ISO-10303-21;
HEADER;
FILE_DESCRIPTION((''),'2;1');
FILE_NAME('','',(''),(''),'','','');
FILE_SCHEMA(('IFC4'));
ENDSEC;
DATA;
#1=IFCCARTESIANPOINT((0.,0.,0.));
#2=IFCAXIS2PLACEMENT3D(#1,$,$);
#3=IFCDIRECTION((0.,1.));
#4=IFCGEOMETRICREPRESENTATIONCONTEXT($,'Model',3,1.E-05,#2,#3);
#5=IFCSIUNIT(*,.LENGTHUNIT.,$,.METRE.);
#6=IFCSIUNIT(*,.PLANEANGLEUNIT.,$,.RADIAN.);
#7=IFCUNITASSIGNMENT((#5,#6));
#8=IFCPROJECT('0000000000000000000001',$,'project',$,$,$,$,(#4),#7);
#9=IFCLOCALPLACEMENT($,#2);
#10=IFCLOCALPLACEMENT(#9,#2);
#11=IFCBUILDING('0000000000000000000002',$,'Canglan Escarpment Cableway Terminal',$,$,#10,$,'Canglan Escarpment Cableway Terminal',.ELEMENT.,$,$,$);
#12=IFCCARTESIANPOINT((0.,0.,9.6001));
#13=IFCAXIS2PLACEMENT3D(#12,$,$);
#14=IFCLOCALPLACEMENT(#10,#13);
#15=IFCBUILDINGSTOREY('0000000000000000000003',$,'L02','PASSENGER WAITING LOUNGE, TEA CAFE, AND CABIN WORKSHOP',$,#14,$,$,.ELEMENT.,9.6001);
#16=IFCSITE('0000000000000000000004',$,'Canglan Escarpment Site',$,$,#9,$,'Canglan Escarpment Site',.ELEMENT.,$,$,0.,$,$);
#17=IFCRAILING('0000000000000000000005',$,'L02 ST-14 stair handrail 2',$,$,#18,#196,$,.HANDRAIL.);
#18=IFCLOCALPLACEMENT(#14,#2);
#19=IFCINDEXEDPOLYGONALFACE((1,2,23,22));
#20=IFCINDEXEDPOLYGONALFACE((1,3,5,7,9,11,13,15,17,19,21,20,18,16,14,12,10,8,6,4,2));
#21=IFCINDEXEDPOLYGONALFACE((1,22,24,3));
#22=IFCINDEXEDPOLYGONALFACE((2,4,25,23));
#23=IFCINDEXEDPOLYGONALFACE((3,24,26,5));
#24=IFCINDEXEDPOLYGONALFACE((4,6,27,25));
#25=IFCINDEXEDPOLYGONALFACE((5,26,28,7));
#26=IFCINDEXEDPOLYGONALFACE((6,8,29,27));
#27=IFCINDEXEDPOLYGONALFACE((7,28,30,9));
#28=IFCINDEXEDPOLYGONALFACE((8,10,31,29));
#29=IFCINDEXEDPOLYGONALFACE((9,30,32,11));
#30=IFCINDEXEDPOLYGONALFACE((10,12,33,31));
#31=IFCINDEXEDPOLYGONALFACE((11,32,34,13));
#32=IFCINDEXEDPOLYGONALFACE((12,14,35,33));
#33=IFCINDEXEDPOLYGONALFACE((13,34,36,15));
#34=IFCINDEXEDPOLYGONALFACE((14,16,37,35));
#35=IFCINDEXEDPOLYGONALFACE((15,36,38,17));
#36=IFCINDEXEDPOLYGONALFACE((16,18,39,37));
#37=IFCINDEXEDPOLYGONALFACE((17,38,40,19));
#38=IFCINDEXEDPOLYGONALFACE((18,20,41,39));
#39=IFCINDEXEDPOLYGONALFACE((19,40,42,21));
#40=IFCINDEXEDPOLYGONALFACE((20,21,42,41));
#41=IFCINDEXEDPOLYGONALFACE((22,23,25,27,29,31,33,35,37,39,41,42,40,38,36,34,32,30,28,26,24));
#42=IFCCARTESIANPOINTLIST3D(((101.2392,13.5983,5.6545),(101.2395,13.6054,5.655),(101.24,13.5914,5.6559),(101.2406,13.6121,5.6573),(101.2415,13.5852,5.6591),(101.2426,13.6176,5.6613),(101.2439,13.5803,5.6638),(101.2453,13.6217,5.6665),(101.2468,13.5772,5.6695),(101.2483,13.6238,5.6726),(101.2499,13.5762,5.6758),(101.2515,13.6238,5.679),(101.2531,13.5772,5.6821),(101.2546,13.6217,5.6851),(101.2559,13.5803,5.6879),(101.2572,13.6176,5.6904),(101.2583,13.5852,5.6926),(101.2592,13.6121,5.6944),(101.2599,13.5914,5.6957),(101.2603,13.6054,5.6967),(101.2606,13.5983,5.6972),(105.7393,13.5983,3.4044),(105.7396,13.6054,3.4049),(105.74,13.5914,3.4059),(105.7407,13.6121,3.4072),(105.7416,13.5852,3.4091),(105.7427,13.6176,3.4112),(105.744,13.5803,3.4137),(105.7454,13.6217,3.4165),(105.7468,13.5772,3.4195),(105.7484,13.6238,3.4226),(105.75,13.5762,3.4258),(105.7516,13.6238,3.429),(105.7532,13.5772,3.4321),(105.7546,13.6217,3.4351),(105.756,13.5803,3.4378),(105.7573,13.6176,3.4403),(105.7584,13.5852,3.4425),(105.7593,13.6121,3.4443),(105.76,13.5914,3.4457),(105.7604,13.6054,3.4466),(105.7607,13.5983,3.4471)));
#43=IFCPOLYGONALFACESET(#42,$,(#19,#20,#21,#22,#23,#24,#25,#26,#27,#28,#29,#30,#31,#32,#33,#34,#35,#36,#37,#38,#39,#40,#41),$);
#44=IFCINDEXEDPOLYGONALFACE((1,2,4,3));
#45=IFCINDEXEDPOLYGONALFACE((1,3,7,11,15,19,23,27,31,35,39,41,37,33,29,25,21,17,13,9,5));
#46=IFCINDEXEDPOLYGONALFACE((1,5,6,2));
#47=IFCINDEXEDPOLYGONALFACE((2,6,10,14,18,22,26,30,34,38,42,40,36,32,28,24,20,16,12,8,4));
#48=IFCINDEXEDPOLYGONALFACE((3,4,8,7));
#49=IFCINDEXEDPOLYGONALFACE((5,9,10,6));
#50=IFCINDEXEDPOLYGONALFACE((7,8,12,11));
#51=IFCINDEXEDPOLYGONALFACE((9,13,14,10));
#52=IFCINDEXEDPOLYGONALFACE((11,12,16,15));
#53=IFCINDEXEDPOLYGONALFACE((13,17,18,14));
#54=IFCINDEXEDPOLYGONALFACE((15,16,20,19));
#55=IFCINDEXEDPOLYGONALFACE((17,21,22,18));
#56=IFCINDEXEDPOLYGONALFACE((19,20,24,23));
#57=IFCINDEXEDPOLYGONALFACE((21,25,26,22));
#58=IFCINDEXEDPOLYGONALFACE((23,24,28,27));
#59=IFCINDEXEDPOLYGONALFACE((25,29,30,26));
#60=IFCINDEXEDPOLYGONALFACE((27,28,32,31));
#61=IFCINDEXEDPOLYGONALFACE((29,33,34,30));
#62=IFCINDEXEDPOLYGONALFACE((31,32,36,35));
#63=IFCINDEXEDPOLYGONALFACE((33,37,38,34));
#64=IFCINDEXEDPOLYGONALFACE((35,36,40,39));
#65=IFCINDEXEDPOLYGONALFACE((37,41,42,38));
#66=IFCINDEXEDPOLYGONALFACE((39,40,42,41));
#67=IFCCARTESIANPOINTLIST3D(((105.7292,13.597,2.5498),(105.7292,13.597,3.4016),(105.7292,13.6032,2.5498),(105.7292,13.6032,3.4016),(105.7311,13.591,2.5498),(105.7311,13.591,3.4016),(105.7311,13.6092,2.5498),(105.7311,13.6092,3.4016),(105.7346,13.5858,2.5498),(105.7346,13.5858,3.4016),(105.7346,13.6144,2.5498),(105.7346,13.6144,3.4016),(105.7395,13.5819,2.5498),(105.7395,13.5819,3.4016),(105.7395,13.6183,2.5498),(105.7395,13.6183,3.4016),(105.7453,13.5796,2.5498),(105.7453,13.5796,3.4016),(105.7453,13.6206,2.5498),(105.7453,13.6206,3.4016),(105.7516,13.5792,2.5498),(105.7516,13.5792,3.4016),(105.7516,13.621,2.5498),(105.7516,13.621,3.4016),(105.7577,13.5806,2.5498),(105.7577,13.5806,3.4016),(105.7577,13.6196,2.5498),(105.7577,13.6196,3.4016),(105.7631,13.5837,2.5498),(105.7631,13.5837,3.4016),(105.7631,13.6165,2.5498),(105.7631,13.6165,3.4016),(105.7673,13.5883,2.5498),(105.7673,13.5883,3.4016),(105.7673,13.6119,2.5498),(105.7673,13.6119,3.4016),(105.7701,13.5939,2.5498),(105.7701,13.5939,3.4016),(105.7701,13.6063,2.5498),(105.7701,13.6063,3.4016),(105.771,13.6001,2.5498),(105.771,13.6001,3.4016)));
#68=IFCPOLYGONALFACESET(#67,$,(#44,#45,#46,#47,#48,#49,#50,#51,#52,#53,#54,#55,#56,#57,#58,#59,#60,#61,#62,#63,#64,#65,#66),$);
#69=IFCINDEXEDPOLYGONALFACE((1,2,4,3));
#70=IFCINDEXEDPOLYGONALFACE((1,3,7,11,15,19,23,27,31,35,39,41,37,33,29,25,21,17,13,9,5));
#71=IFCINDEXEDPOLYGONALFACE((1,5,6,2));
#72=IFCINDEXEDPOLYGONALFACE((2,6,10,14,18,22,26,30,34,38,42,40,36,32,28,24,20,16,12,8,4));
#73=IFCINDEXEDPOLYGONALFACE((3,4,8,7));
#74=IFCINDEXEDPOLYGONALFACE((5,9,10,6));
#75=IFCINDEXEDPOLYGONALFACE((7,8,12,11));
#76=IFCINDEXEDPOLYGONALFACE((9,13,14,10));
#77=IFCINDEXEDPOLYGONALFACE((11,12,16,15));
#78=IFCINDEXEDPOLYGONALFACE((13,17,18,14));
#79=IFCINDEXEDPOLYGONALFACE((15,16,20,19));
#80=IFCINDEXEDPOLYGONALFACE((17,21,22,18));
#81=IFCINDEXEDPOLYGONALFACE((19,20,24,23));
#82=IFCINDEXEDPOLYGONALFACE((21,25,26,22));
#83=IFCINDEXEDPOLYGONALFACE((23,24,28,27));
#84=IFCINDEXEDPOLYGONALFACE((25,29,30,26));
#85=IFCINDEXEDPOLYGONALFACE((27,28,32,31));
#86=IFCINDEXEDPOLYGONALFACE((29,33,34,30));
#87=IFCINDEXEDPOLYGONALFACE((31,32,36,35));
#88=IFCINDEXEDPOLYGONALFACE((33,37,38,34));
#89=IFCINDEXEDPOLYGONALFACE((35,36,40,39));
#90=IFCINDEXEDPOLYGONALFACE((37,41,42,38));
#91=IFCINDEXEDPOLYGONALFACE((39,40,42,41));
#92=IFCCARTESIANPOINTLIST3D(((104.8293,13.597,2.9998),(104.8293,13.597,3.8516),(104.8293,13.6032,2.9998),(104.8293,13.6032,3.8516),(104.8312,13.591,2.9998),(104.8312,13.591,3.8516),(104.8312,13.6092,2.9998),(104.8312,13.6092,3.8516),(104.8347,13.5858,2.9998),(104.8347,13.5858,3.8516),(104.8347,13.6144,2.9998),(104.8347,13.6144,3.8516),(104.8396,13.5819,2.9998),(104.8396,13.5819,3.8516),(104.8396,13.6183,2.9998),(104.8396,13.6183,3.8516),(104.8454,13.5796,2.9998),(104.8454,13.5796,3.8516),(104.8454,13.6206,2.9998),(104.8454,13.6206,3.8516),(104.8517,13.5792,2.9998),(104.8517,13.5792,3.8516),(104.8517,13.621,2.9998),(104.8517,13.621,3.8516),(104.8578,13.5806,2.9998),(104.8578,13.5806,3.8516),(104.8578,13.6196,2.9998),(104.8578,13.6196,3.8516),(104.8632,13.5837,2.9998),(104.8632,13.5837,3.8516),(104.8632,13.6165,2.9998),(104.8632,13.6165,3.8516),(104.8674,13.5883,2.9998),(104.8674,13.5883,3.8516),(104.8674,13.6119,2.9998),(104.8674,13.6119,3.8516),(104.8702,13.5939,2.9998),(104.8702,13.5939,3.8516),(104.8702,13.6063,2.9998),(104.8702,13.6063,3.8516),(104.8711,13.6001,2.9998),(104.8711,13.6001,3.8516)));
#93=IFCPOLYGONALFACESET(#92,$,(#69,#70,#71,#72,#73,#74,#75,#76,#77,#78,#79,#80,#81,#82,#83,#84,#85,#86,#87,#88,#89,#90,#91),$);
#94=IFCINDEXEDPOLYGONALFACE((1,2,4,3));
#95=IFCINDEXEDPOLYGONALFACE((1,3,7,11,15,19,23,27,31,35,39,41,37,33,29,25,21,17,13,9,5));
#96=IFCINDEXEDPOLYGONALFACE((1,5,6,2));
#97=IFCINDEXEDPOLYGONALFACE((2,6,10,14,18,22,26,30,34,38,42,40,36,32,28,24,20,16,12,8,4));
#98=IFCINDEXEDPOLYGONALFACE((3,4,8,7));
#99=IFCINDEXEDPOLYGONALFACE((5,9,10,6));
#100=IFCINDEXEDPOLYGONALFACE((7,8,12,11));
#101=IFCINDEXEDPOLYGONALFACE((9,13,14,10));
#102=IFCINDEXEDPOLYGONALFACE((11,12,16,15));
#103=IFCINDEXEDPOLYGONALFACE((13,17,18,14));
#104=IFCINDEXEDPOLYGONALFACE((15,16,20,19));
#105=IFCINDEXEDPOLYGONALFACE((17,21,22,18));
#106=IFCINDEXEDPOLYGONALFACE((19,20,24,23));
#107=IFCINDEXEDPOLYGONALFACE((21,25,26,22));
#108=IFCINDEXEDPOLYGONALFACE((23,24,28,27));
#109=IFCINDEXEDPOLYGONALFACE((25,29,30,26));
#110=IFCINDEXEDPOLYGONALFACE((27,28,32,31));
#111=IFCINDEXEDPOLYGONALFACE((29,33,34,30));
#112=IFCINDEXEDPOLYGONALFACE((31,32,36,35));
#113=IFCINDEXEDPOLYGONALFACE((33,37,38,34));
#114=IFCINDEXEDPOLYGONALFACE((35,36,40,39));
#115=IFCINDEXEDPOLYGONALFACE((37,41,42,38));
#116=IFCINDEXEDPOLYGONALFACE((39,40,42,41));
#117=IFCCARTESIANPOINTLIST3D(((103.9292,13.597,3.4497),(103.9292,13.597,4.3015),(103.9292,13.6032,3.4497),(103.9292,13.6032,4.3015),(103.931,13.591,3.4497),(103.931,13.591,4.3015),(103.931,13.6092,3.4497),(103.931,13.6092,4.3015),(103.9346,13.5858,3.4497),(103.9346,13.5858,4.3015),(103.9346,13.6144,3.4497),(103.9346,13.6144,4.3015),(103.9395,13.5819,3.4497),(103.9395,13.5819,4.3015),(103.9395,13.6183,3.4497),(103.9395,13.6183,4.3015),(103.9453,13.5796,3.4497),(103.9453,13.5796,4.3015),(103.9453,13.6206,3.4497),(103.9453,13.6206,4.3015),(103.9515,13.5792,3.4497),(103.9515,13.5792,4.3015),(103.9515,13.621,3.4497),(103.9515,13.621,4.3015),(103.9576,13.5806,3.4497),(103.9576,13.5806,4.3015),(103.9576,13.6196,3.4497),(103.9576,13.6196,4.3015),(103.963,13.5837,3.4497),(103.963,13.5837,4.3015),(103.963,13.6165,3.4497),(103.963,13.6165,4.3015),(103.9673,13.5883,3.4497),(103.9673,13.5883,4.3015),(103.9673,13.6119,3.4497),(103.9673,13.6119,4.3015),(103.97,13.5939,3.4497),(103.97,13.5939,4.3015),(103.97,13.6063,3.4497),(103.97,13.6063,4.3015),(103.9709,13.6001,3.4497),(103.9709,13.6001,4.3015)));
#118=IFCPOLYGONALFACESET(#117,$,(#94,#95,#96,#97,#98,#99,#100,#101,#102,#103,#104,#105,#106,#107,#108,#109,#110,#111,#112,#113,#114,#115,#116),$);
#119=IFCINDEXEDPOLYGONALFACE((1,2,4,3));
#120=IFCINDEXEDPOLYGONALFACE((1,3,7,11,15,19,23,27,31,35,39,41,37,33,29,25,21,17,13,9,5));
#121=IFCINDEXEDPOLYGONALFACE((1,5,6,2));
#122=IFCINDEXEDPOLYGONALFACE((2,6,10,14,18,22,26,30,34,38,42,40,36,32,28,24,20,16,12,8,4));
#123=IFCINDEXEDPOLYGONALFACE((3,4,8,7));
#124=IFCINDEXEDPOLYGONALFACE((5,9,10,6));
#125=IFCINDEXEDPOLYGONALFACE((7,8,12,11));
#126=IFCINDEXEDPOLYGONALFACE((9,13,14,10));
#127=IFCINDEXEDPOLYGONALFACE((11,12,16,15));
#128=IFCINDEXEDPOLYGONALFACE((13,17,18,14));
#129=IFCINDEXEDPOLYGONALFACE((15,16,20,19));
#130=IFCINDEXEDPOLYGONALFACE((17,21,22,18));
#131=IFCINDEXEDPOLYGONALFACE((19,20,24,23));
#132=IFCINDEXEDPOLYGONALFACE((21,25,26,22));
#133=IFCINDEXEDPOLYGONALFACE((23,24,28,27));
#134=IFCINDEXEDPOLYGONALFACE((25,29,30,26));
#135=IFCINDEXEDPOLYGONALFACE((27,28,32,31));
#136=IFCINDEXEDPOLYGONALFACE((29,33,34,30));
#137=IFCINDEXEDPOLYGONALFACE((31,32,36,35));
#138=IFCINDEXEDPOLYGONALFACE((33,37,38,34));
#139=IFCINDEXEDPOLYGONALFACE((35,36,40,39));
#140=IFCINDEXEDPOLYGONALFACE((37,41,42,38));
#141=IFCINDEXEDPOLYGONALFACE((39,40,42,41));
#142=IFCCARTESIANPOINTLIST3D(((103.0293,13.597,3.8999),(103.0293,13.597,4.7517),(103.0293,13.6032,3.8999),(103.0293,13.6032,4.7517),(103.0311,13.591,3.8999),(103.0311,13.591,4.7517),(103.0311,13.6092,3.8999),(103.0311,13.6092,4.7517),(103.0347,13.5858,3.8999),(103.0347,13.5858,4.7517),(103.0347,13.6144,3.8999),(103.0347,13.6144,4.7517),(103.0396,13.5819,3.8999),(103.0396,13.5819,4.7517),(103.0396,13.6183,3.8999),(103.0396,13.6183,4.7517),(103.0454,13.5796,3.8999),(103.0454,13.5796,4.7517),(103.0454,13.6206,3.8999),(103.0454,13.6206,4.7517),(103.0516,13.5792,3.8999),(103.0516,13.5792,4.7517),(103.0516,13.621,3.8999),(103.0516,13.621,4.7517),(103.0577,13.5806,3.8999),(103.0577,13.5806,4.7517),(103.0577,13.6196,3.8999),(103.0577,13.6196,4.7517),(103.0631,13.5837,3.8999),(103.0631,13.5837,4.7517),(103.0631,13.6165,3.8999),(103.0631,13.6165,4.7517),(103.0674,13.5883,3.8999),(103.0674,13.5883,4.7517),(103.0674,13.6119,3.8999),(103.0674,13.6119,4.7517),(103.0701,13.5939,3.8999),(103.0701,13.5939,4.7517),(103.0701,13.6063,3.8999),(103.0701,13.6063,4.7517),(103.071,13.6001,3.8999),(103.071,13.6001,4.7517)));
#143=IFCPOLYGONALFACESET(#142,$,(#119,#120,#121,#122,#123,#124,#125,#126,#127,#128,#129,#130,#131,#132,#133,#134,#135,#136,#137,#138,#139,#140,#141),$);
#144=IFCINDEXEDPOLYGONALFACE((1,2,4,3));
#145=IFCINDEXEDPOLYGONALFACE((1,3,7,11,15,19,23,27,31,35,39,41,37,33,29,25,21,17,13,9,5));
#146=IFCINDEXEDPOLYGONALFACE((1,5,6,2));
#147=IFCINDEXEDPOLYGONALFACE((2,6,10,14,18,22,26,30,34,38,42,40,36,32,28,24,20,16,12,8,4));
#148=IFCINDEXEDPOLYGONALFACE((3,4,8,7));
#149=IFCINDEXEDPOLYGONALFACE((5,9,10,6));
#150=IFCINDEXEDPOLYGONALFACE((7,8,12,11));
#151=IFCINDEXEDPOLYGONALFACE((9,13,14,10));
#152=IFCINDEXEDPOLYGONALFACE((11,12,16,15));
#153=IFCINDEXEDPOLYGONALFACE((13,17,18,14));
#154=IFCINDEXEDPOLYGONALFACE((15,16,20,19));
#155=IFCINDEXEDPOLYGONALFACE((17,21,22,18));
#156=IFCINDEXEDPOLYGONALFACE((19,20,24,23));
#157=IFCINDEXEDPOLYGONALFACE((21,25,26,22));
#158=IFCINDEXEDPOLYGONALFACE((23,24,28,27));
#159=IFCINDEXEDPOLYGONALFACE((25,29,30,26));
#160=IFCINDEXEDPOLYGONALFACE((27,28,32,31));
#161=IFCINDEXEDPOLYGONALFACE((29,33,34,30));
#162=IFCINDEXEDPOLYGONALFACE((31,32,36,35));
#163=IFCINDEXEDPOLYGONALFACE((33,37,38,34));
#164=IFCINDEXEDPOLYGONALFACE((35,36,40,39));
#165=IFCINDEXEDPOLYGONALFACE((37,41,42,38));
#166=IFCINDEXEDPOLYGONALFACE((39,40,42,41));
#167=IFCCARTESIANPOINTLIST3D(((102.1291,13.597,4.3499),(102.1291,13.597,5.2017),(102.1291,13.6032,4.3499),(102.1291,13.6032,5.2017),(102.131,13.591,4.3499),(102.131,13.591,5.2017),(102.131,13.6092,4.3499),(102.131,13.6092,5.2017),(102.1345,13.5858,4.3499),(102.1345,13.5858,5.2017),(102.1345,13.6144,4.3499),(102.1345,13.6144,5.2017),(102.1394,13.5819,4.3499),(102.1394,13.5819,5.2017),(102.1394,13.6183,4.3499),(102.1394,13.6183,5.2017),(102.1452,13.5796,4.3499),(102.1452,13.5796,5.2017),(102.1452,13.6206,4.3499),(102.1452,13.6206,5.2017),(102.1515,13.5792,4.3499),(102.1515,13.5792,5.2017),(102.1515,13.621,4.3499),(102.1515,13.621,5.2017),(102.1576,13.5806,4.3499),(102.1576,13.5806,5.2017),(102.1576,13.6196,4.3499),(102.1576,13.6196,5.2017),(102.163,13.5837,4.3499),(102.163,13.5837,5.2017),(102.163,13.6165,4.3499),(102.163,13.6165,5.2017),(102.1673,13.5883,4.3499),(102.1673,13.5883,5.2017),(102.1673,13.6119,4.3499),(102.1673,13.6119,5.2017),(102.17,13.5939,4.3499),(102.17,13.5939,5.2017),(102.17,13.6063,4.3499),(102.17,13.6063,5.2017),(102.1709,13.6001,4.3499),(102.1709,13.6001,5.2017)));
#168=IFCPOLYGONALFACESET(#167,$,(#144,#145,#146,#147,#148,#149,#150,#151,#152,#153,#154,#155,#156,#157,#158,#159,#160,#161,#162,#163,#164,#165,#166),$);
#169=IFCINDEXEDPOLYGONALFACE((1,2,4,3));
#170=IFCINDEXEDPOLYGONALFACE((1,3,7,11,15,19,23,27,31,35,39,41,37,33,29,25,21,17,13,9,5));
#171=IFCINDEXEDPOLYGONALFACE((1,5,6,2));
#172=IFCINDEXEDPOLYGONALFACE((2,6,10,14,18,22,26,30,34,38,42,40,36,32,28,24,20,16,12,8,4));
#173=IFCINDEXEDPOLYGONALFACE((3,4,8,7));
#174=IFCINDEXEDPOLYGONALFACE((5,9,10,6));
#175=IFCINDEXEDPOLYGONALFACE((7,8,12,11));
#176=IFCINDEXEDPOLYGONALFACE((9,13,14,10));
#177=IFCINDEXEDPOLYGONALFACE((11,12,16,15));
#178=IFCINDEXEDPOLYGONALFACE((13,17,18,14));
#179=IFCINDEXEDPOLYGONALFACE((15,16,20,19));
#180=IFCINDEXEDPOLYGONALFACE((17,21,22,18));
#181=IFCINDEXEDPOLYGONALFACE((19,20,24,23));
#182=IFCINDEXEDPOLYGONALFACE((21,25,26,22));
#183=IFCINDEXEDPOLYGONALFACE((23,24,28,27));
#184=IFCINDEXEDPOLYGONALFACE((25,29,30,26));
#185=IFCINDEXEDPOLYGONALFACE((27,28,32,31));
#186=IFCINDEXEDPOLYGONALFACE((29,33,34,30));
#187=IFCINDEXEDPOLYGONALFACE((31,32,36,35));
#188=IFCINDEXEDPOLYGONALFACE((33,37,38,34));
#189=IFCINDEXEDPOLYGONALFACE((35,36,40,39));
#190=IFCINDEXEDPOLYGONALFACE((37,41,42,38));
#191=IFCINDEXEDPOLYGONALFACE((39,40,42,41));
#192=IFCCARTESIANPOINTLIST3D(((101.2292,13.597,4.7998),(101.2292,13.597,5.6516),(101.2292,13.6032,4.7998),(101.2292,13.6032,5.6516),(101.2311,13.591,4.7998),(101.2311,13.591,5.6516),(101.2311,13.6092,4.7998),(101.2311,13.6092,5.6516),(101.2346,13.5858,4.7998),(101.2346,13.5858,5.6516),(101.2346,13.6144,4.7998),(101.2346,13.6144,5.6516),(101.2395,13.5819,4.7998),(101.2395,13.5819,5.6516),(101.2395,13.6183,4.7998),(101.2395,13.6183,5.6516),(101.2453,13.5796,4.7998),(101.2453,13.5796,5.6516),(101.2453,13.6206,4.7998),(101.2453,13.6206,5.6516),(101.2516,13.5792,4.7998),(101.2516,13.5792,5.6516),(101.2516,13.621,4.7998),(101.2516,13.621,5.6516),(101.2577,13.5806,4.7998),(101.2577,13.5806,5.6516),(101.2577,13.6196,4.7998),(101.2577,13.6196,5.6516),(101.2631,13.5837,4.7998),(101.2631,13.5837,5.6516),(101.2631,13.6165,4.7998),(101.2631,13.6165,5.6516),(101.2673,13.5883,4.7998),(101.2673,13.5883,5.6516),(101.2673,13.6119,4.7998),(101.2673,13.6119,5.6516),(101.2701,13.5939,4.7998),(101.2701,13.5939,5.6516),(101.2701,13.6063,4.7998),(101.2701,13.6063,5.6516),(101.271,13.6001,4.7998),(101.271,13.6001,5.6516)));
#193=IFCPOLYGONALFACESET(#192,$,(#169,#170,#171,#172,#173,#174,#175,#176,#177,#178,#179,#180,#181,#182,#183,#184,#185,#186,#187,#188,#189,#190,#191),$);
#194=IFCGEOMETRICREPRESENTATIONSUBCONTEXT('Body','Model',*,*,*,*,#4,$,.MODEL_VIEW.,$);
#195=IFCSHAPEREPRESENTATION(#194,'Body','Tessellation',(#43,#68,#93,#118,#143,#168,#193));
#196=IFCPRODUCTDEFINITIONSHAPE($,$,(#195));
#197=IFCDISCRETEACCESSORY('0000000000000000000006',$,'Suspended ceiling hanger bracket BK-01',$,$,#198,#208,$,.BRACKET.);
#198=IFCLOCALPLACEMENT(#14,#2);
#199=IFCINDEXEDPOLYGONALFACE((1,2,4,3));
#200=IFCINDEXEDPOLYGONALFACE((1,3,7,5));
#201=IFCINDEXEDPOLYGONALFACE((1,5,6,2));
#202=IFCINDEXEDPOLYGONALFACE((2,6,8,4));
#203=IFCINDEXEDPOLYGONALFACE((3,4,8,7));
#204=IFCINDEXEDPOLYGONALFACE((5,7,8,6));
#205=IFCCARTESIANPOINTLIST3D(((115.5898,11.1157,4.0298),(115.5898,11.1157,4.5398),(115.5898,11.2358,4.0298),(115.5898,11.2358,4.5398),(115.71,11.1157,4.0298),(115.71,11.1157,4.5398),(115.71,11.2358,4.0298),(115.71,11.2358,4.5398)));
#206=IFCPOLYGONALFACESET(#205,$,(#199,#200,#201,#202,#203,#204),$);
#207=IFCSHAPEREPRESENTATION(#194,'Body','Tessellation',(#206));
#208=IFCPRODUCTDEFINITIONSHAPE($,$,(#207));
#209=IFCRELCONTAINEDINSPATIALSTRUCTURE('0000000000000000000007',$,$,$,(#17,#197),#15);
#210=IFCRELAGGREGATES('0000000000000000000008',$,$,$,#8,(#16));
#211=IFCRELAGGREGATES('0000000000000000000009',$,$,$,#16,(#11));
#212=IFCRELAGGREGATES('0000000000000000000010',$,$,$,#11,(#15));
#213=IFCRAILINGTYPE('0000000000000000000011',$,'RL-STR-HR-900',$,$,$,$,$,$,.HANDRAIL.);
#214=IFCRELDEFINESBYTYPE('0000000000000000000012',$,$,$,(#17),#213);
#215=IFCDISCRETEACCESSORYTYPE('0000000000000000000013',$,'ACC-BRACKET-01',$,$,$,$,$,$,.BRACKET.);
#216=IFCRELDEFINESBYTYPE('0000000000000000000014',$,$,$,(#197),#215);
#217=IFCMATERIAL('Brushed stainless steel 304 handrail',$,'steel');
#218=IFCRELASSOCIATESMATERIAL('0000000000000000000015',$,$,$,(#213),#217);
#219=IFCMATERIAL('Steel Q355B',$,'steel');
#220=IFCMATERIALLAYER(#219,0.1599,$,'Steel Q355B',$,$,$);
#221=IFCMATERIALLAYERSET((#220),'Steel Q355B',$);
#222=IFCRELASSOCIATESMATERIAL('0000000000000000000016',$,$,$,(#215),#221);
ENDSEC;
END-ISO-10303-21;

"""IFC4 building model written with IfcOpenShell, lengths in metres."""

from ifc_helpers import new_model, si_unit, direction, frame, origin, origin_2d, place, context, subcontext, project, spatial, rectangle, circle, extrude, material, layer, layer_set, type_object, element, save


model = new_model("IFC4")

# Units and contexts
model_context = context("Model", 3, precision=1e-05, world=origin(), true_north=direction((0.0, 1.0)))
body_context = subcontext(model_context, "Body", "Model", "MODEL_VIEW")
ifc_project = project(units=[si_unit("LENGTHUNIT", "METRE"), si_unit("PLANEANGLEUNIT", "RADIAN")], contexts=[model_context])

# Site, building, storey
site_placement = place(None, origin())
site = spatial("IfcSite", under=ifc_project, at=site_placement, Name="Canglan Escarpment Site", LongName="Canglan Escarpment Site", CompositionType="ELEMENT", RefElevation=0.0)
building_placement = place(site_placement, origin())
building = spatial("IfcBuilding", under=site, at=building_placement, Name="Canglan Escarpment Cableway Terminal", LongName="Canglan Escarpment Cableway Terminal", CompositionType="ELEMENT")
storey_placement = place(building_placement, frame((0.0, 0.0, 9.6001)))
storey = spatial("IfcBuildingStorey", under=building, at=storey_placement, Name="L02", Description="PASSENGER WAITING LOUNGE, TEA CAFE, AND CABIN WORKSHOP", CompositionType="ELEMENT", Elevation=9.6001)

# Shared definitions
ifc_material_1 = material(Name="Steel Q355B", Category="steel")

# Railing
ifc_material_2 = material(Name="Brushed stainless steel 304 handrail", Category="steel")
railing_type_1 = type_object("IfcRailingType", Name="RL-STR-HR-900", PredefinedType="HANDRAIL", material=ifc_material_2)
railing_1_placement = place(storey_placement, frame((105.75, 13.6001, 2.5498)))
element("IfcRailing", 1, at=railing_1_placement, inside=storey, type_object=railing_type_1, Name="L02 ST-14 stair handrail 2", PredefinedType="HANDRAIL", context=body_context, shape_type="SweptSolid", body=[
    extrude(circle(Radius=0.0239, at=origin_2d()), frame((0.0, 0.0, 0.876), z_axis=(-0.894427, 0.0, 0.447214), x_axis=(0.0, -1.0, 0.0)), (0.0, 0.0, 1.0), 5.0312),
    extrude(circle(Radius=0.021, at=origin_2d()), origin(), (0.0, 0.0, 1.0), 0.8518),
    extrude(circle(Radius=0.021, at=origin_2d()), frame((-0.8999, 0.0, 0.45)), (0.0, 0.0, 1.0), 0.8518),
    extrude(circle(Radius=0.021, at=origin_2d()), frame((-1.8, 0.0, 0.8999)), (0.0, 0.0, 1.0), 0.8518),
    extrude(circle(Radius=0.021, at=origin_2d()), frame((-2.7, 0.0, 1.3501)), (0.0, 0.0, 1.0), 0.8518),
    extrude(circle(Radius=0.021, at=origin_2d()), frame((-3.6001, 0.0, 1.8)), (0.0, 0.0, 1.0), 0.8518),
    extrude(circle(Radius=0.021, at=origin_2d()), frame((-4.5, 0.0, 2.25)), (0.0, 0.0, 1.0), 0.8518),
])

# Discrete accessory
ifc_layer_1 = layer(ifc_material_1, 0.1599, Name="Steel Q355B")
ifc_layer_set_1 = layer_set([ifc_layer_1], Name="Steel Q355B")
discrete_accessory_type_1 = type_object("IfcDiscreteAccessoryType", Name="ACC-BRACKET-01", PredefinedType="BRACKET", material=ifc_layer_set_1)
discrete_accessory_placement = place(storey_placement, frame((115.6499, 11.1758, 4.0298), z_axis=(0.0, 0.0, 1.0), x_axis=(1.0, 0.0, 0.0)))
element("IfcDiscreteAccessory", 2, at=discrete_accessory_placement, inside=storey, type_object=discrete_accessory_type_1, Name="Suspended ceiling hanger bracket BK-01", PredefinedType="BRACKET", context=body_context, shape_type="SweptSolid", body=[
    extrude(rectangle(XDim=0.1201, YDim=0.1201, at=origin_2d()), origin(), (0.0, 0.0, 1.0), 0.51),
])

save(model, "model.ifc")
